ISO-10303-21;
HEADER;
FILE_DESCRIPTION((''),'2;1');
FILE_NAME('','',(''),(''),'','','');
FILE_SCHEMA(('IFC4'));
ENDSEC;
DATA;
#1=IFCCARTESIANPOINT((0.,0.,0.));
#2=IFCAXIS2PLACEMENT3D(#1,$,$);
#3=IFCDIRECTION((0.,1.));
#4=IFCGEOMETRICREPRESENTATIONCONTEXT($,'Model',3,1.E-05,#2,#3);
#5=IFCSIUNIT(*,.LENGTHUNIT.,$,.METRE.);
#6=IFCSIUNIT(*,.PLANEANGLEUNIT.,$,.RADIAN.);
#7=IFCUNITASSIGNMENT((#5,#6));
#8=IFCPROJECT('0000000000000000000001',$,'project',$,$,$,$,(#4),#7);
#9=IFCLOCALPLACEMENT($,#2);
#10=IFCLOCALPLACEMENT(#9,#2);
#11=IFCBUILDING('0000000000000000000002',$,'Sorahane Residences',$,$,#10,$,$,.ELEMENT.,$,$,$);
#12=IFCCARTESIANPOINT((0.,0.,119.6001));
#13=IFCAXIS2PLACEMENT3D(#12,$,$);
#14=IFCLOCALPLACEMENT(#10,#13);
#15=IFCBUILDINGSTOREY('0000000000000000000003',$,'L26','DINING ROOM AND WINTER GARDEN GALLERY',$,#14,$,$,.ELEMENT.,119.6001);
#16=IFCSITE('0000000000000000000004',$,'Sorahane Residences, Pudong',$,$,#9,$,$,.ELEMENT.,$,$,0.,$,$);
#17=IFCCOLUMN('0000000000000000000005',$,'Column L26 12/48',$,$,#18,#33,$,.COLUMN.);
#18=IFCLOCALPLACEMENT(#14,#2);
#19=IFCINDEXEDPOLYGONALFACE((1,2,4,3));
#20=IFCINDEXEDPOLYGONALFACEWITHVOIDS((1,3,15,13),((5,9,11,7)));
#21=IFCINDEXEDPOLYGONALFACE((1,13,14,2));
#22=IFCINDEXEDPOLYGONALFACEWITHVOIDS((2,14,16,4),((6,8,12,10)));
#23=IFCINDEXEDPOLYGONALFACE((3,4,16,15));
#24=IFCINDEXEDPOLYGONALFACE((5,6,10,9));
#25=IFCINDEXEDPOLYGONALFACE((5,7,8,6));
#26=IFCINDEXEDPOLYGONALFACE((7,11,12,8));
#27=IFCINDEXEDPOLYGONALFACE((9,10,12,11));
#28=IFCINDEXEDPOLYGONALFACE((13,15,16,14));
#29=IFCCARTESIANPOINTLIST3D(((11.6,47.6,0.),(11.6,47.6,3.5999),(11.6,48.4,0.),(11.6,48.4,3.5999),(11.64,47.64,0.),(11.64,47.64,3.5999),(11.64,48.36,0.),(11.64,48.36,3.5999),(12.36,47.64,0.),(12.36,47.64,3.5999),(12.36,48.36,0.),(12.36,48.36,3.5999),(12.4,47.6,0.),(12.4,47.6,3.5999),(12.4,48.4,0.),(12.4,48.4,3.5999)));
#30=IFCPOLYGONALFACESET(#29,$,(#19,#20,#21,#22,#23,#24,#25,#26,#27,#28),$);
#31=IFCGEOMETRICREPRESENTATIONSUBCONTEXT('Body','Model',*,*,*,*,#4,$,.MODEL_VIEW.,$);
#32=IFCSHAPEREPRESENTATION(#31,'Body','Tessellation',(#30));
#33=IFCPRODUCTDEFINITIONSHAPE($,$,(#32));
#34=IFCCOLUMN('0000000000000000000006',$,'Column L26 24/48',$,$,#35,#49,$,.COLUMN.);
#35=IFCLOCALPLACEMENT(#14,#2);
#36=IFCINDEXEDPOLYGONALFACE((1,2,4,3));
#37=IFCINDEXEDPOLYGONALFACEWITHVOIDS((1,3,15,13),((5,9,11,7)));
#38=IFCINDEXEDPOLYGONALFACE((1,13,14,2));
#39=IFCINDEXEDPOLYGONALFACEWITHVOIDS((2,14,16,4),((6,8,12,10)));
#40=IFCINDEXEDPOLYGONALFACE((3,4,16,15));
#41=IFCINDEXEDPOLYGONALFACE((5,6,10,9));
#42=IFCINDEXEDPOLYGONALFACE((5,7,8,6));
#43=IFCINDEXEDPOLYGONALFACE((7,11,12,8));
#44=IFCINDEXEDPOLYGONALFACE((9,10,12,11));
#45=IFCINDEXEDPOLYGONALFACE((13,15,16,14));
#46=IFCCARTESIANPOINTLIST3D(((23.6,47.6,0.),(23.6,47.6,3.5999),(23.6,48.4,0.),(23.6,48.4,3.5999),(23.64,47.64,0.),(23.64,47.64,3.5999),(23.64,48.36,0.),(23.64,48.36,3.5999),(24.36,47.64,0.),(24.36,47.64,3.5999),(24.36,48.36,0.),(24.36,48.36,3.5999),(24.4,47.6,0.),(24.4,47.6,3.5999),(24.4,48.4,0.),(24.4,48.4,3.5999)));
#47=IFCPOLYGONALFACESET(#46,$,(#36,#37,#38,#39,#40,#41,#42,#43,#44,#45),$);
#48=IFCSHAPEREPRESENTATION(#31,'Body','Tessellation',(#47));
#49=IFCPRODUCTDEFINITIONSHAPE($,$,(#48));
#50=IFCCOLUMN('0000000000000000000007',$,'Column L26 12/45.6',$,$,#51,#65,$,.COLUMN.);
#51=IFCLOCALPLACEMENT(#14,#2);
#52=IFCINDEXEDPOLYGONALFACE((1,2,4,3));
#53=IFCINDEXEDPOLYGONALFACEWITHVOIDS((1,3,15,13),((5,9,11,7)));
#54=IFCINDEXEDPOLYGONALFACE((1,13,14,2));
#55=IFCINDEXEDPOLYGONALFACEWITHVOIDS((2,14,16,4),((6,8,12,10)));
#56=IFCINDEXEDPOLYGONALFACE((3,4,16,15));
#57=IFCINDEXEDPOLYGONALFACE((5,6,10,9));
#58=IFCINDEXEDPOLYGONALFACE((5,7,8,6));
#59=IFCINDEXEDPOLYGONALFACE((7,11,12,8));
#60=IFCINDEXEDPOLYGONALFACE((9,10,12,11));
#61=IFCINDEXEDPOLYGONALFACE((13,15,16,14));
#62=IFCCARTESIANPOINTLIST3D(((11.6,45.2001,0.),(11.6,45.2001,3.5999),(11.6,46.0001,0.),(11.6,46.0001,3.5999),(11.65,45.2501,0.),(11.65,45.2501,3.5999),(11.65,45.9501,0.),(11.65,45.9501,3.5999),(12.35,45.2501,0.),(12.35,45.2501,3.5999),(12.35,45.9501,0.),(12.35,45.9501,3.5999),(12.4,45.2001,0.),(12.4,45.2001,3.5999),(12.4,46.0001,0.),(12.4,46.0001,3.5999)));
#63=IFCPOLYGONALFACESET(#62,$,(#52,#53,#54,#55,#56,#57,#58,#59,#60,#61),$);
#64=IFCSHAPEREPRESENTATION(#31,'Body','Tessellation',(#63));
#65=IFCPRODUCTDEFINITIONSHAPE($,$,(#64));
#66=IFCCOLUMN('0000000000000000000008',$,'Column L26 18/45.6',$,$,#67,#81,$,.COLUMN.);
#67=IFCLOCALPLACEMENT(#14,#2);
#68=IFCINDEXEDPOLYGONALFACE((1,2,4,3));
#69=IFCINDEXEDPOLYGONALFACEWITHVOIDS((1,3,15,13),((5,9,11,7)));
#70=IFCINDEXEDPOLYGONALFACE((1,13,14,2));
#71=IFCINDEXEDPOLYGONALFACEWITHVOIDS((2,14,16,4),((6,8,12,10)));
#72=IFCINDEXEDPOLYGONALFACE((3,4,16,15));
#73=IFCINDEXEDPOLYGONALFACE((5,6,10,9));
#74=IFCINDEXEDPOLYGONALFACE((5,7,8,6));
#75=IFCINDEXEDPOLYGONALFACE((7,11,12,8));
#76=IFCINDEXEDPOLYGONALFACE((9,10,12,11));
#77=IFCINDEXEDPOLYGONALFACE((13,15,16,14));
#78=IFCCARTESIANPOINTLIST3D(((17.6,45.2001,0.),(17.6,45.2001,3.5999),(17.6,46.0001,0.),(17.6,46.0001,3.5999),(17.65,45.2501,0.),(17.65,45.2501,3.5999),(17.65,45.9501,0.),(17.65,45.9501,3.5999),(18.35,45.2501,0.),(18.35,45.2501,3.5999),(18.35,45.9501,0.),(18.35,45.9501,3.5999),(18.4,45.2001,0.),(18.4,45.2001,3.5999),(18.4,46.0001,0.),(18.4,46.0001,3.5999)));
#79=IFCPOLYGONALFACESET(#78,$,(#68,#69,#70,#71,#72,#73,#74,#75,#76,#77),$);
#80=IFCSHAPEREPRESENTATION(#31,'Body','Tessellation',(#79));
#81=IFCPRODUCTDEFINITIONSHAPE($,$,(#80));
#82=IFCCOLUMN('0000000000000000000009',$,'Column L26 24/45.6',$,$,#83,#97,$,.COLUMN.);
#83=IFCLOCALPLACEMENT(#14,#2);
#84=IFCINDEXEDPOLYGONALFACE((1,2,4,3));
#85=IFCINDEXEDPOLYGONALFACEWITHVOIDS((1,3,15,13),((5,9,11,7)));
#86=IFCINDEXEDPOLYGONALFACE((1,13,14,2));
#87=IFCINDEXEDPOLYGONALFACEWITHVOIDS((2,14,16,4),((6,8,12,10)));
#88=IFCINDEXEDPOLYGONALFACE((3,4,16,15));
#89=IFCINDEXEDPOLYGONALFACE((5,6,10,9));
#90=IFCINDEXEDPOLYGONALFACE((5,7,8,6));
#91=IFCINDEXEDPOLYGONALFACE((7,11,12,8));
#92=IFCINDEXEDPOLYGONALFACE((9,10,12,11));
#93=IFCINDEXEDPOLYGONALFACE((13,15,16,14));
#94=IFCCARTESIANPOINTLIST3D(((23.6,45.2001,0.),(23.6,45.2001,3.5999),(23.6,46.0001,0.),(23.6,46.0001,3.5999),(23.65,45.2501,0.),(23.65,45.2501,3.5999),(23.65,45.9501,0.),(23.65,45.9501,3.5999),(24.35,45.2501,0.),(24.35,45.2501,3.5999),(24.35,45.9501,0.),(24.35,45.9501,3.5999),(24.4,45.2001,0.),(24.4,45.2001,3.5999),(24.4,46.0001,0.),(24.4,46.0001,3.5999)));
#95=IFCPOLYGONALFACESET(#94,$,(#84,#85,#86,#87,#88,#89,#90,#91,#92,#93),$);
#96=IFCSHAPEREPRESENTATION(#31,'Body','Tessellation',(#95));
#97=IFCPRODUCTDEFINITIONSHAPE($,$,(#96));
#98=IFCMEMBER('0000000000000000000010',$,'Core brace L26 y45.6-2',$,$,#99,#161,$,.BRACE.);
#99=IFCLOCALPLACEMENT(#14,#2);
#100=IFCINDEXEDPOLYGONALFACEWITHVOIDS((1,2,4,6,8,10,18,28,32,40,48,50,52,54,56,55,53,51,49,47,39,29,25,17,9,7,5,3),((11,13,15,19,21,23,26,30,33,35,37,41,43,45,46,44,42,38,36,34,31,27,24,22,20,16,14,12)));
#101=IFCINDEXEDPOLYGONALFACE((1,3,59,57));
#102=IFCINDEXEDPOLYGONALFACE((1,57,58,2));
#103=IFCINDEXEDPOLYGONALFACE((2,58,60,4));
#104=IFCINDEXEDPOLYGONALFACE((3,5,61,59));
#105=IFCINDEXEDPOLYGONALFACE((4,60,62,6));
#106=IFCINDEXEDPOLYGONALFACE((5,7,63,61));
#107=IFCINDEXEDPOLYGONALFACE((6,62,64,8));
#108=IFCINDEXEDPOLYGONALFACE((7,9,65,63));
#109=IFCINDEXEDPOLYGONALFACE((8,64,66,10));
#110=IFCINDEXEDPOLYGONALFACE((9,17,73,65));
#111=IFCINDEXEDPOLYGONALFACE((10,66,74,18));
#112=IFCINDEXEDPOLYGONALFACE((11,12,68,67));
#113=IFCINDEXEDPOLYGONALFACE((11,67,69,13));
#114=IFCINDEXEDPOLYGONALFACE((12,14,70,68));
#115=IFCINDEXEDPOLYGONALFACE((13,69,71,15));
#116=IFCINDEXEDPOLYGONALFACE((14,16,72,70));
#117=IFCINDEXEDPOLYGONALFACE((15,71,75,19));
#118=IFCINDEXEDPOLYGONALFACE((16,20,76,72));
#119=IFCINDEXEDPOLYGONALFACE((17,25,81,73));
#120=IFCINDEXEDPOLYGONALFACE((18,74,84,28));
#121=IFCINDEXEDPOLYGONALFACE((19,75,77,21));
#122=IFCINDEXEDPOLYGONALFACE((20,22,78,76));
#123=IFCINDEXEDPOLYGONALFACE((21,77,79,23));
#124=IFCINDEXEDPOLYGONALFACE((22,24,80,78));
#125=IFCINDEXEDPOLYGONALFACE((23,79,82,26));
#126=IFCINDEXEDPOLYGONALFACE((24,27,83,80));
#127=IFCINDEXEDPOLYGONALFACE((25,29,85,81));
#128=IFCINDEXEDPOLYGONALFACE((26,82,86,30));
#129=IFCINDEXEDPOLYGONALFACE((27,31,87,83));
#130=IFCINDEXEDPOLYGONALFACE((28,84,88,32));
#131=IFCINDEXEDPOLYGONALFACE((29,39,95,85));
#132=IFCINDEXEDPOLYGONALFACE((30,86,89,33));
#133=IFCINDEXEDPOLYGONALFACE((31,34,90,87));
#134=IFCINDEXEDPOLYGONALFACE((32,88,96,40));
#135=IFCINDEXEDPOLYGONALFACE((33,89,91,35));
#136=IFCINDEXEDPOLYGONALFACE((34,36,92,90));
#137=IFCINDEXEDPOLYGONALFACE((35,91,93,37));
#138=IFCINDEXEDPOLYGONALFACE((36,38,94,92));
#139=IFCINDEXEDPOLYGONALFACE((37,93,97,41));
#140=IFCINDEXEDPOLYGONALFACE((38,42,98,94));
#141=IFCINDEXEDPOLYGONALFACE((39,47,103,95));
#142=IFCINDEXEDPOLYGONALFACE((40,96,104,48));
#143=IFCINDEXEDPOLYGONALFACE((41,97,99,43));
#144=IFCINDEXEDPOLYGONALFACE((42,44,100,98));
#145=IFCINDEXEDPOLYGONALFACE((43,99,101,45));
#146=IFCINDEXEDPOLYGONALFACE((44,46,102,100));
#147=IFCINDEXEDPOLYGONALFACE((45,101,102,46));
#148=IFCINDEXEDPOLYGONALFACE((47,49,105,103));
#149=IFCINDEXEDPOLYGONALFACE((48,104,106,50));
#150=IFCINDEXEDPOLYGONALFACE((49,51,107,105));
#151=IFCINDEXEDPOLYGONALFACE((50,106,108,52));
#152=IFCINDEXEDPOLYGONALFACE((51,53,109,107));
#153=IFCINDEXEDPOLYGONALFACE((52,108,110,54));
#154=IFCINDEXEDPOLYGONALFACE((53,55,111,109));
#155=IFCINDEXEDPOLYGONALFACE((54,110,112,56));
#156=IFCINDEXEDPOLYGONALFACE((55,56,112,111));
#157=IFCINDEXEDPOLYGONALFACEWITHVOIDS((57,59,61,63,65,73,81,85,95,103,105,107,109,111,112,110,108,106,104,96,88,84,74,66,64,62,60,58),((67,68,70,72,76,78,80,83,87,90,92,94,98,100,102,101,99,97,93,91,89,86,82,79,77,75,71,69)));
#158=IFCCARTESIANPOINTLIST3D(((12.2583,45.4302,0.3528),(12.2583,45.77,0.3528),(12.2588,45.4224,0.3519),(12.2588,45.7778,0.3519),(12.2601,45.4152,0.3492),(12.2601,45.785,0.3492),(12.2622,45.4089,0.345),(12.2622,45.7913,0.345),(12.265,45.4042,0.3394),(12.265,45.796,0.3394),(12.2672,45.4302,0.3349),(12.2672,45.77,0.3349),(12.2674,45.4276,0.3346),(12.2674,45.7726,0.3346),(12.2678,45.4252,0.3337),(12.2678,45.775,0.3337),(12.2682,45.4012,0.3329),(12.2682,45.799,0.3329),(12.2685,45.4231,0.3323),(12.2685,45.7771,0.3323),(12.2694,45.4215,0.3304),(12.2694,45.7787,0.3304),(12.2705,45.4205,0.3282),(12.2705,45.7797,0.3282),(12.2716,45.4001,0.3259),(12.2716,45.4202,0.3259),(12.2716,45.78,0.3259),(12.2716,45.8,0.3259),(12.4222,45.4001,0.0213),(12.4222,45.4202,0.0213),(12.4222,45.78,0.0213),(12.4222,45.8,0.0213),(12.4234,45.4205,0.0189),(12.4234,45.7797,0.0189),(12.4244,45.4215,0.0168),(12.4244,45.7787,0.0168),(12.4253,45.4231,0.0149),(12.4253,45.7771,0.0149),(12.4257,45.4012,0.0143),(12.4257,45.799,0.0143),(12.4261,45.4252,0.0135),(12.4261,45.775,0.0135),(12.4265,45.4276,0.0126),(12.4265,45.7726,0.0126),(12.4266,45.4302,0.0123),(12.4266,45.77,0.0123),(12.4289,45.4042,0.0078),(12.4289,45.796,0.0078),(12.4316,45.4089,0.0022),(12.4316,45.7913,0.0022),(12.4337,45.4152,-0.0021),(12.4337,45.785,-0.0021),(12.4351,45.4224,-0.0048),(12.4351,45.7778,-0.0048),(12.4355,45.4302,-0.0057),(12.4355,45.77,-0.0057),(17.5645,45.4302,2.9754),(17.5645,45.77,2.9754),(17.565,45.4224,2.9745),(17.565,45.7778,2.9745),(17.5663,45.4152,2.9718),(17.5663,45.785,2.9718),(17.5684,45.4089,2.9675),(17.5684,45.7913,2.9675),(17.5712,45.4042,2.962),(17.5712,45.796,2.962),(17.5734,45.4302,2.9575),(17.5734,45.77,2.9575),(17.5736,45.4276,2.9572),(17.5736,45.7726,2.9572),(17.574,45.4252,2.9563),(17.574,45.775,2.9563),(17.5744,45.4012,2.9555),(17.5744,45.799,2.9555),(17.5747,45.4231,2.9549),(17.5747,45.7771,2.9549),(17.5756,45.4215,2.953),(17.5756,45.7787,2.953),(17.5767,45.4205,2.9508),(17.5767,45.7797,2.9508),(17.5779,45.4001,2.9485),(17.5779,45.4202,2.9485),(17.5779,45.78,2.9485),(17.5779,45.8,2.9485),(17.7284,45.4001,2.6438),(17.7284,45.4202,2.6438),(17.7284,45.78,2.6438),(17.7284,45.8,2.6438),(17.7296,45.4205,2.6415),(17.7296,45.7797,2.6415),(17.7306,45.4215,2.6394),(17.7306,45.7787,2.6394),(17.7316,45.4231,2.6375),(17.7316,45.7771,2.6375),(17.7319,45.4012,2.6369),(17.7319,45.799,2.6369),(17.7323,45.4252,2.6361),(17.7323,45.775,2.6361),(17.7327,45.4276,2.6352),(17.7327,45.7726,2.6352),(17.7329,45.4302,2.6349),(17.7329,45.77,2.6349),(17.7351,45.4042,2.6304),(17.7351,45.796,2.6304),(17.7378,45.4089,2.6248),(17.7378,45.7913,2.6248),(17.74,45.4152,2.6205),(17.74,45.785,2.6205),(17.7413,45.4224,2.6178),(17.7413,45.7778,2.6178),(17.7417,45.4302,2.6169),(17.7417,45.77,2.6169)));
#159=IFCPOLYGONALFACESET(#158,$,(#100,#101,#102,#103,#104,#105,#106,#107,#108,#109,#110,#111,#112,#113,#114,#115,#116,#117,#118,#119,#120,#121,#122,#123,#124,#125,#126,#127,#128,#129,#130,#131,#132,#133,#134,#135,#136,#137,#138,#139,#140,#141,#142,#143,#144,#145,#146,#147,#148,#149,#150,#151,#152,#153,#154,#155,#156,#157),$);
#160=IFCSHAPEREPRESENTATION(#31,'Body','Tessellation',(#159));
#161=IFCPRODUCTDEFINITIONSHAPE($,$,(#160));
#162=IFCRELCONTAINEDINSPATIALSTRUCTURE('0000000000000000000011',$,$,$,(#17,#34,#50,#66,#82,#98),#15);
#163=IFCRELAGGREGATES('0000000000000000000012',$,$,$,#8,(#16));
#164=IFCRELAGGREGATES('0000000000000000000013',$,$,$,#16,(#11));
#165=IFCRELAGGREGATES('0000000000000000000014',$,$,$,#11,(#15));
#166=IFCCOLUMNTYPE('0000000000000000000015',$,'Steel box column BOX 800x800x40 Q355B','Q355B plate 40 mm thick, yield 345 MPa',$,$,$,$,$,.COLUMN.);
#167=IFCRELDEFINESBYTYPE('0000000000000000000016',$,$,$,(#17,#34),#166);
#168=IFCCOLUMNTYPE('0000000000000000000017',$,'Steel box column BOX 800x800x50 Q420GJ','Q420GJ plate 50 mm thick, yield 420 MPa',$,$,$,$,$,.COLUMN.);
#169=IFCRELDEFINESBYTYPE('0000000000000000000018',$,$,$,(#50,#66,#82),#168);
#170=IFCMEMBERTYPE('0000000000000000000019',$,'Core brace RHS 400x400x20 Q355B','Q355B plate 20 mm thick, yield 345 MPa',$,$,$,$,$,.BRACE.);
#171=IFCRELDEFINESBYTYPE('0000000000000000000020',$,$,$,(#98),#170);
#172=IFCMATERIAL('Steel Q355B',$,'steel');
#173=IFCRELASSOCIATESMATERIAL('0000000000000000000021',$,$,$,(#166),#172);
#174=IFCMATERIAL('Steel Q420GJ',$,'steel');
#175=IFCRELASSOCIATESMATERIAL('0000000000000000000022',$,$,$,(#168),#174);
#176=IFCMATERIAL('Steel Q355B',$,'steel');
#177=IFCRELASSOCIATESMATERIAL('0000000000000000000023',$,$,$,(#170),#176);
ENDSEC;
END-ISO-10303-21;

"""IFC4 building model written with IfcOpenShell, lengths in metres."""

from ifc_helpers import new_model, si_unit, direction, frame, origin, origin_2d, place, context, subcontext, project, spatial, hollow_rectangle, extrude, material, material_profile, profile_set, type_object, element, save


model = new_model("IFC4")

# Units and contexts
model_context = context("Model", 3, precision=1e-05, world=origin(), true_north=direction((0.0, 1.0)))
body_context = subcontext(model_context, "Body", "Model", "MODEL_VIEW")
ifc_project = project(units=[si_unit("LENGTHUNIT", "METRE"), si_unit("PLANEANGLEUNIT", "RADIAN")], contexts=[model_context])

# Site, building, storey
site_placement = place(None, origin())
site = spatial("IfcSite", under=ifc_project, at=site_placement, Name="Sorahane Residences, Pudong", CompositionType="ELEMENT", RefElevation=0.0)
building_placement = place(site_placement, origin())
building = spatial("IfcBuilding", under=site, at=building_placement, Name="Sorahane Residences", CompositionType="ELEMENT")
storey_placement = place(building_placement, frame((0.0, 0.0, 119.6001)))
storey = spatial("IfcBuildingStorey", under=building, at=storey_placement, Name="L26", Description="DINING ROOM AND WINTER GARDEN GALLERY", CompositionType="ELEMENT", Elevation=119.6001)

# Columns
ifc_material_1 = material(Name="Steel Q355B", Category="steel")
ifc_material_profile_1 = material_profile(ifc_material_1, hollow_rectangle(XDim=0.8, YDim=0.8, WallThickness=0.04, at=origin_2d()), Name="BOX 800x800x40")
ifc_profile_set_1 = profile_set([ifc_material_profile_1], Name="Steel Q355B")
column_type_1 = type_object("IfcColumnType", Name="Steel box column BOX 800x800x40 Q355B", Description="Q355B plate 40 mm thick, yield 345 MPa", PredefinedType="COLUMN", material=ifc_profile_set_1)
for number, where, z_axis, x_axis, name in (
    (1, (12.0, 48.0, 0.0), (0.0, 0.0, 1.0), (1.0, 0.0, 0.0), "Column L26 12/48"),
    (2, (24.0, 48.0, 0.0), (0.0, 0.0, 1.0), (1.0, 0.0, 0.0), "Column L26 24/48"),
):
    element("IfcColumn", number, at=place(storey_placement, frame(where, z_axis=z_axis, x_axis=x_axis)), inside=storey, type_object=column_type_1, Name=name, PredefinedType="COLUMN", context=body_context, shape_type="SweptSolid", body=[
        extrude(hollow_rectangle(XDim=0.8, YDim=0.8, WallThickness=0.04, at=origin_2d()), origin(), (0.0, 0.0, 1.0), 3.5999),
    ])
ifc_material_2 = material(Name="Steel Q420GJ", Category="steel")
ifc_material_profile_2 = material_profile(ifc_material_2, hollow_rectangle(XDim=0.8, YDim=0.8, WallThickness=0.05, at=origin_2d()), Name="BOX 800x800x50")
ifc_profile_set_2 = profile_set([ifc_material_profile_2], Name="Steel Q420GJ")
column_type_2 = type_object("IfcColumnType", Name="Steel box column BOX 800x800x50 Q420GJ", Description="Q420GJ plate 50 mm thick, yield 420 MPa", PredefinedType="COLUMN", material=ifc_profile_set_2)
for number, where, z_axis, x_axis, name in (
    (3, (12.0, 45.6001, 0.0), (0.0, 0.0, 1.0), (1.0, 0.0, 0.0), "Column L26 12/45.6"),
    (4, (18.0, 45.6001, 0.0), (0.0, 0.0, 1.0), (1.0, 0.0, 0.0), "Column L26 18/45.6"),
    (5, (24.0, 45.6001, 0.0), (0.0, 0.0, 1.0), (1.0, 0.0, 0.0), "Column L26 24/45.6"),
):
    element("IfcColumn", number, at=place(storey_placement, frame(where, z_axis=z_axis, x_axis=x_axis)), inside=storey, type_object=column_type_2, Name=name, PredefinedType="COLUMN", context=body_context, shape_type="SweptSolid", body=[
        extrude(hollow_rectangle(XDim=0.8, YDim=0.8, WallThickness=0.05, at=origin_2d()), origin(), (0.0, 0.0, 1.0), 3.5999),
    ])

# Member
ifc_material_3 = material(Name="Steel Q355B", Category="steel")
ifc_material_profile_3 = material_profile(ifc_material_3, hollow_rectangle(XDim=0.3999, YDim=0.3999, WallThickness=0.02, InnerFilletRadius=0.01, OuterFilletRadius=0.03, at=origin_2d()), Name="RHS 400x400x20")
ifc_profile_set_3 = profile_set([ifc_material_profile_3], Name="Steel Q355B")
member_type_1 = type_object("IfcMemberType", Name="Core brace RHS 400x400x20 Q355B", Description="Q355B plate 20 mm thick, yield 345 MPa", PredefinedType="BRACE", material=ifc_profile_set_3)
for number, where, z_axis, x_axis, name in (
    (6, (12.3469, 45.6001, 0.1736), (0.89648, 0.0, 0.443084), (0.0, 1.0, 0.0), "Core brace L26 y45.6-2"),
):
    element("IfcMember", number, at=place(storey_placement, frame(where, z_axis=z_axis, x_axis=x_axis)), inside=storey, type_object=member_type_1, Name=name, PredefinedType="BRACE", context=body_context, shape_type="SweptSolid", body=[
        extrude(hollow_rectangle(XDim=0.3999, YDim=0.3999, WallThickness=0.02, InnerFilletRadius=0.01, OuterFilletRadius=0.03, at=origin_2d()), origin(), (0.0, 0.0, 1.0), 5.9189),
    ])

save(model, "model.ifc")
